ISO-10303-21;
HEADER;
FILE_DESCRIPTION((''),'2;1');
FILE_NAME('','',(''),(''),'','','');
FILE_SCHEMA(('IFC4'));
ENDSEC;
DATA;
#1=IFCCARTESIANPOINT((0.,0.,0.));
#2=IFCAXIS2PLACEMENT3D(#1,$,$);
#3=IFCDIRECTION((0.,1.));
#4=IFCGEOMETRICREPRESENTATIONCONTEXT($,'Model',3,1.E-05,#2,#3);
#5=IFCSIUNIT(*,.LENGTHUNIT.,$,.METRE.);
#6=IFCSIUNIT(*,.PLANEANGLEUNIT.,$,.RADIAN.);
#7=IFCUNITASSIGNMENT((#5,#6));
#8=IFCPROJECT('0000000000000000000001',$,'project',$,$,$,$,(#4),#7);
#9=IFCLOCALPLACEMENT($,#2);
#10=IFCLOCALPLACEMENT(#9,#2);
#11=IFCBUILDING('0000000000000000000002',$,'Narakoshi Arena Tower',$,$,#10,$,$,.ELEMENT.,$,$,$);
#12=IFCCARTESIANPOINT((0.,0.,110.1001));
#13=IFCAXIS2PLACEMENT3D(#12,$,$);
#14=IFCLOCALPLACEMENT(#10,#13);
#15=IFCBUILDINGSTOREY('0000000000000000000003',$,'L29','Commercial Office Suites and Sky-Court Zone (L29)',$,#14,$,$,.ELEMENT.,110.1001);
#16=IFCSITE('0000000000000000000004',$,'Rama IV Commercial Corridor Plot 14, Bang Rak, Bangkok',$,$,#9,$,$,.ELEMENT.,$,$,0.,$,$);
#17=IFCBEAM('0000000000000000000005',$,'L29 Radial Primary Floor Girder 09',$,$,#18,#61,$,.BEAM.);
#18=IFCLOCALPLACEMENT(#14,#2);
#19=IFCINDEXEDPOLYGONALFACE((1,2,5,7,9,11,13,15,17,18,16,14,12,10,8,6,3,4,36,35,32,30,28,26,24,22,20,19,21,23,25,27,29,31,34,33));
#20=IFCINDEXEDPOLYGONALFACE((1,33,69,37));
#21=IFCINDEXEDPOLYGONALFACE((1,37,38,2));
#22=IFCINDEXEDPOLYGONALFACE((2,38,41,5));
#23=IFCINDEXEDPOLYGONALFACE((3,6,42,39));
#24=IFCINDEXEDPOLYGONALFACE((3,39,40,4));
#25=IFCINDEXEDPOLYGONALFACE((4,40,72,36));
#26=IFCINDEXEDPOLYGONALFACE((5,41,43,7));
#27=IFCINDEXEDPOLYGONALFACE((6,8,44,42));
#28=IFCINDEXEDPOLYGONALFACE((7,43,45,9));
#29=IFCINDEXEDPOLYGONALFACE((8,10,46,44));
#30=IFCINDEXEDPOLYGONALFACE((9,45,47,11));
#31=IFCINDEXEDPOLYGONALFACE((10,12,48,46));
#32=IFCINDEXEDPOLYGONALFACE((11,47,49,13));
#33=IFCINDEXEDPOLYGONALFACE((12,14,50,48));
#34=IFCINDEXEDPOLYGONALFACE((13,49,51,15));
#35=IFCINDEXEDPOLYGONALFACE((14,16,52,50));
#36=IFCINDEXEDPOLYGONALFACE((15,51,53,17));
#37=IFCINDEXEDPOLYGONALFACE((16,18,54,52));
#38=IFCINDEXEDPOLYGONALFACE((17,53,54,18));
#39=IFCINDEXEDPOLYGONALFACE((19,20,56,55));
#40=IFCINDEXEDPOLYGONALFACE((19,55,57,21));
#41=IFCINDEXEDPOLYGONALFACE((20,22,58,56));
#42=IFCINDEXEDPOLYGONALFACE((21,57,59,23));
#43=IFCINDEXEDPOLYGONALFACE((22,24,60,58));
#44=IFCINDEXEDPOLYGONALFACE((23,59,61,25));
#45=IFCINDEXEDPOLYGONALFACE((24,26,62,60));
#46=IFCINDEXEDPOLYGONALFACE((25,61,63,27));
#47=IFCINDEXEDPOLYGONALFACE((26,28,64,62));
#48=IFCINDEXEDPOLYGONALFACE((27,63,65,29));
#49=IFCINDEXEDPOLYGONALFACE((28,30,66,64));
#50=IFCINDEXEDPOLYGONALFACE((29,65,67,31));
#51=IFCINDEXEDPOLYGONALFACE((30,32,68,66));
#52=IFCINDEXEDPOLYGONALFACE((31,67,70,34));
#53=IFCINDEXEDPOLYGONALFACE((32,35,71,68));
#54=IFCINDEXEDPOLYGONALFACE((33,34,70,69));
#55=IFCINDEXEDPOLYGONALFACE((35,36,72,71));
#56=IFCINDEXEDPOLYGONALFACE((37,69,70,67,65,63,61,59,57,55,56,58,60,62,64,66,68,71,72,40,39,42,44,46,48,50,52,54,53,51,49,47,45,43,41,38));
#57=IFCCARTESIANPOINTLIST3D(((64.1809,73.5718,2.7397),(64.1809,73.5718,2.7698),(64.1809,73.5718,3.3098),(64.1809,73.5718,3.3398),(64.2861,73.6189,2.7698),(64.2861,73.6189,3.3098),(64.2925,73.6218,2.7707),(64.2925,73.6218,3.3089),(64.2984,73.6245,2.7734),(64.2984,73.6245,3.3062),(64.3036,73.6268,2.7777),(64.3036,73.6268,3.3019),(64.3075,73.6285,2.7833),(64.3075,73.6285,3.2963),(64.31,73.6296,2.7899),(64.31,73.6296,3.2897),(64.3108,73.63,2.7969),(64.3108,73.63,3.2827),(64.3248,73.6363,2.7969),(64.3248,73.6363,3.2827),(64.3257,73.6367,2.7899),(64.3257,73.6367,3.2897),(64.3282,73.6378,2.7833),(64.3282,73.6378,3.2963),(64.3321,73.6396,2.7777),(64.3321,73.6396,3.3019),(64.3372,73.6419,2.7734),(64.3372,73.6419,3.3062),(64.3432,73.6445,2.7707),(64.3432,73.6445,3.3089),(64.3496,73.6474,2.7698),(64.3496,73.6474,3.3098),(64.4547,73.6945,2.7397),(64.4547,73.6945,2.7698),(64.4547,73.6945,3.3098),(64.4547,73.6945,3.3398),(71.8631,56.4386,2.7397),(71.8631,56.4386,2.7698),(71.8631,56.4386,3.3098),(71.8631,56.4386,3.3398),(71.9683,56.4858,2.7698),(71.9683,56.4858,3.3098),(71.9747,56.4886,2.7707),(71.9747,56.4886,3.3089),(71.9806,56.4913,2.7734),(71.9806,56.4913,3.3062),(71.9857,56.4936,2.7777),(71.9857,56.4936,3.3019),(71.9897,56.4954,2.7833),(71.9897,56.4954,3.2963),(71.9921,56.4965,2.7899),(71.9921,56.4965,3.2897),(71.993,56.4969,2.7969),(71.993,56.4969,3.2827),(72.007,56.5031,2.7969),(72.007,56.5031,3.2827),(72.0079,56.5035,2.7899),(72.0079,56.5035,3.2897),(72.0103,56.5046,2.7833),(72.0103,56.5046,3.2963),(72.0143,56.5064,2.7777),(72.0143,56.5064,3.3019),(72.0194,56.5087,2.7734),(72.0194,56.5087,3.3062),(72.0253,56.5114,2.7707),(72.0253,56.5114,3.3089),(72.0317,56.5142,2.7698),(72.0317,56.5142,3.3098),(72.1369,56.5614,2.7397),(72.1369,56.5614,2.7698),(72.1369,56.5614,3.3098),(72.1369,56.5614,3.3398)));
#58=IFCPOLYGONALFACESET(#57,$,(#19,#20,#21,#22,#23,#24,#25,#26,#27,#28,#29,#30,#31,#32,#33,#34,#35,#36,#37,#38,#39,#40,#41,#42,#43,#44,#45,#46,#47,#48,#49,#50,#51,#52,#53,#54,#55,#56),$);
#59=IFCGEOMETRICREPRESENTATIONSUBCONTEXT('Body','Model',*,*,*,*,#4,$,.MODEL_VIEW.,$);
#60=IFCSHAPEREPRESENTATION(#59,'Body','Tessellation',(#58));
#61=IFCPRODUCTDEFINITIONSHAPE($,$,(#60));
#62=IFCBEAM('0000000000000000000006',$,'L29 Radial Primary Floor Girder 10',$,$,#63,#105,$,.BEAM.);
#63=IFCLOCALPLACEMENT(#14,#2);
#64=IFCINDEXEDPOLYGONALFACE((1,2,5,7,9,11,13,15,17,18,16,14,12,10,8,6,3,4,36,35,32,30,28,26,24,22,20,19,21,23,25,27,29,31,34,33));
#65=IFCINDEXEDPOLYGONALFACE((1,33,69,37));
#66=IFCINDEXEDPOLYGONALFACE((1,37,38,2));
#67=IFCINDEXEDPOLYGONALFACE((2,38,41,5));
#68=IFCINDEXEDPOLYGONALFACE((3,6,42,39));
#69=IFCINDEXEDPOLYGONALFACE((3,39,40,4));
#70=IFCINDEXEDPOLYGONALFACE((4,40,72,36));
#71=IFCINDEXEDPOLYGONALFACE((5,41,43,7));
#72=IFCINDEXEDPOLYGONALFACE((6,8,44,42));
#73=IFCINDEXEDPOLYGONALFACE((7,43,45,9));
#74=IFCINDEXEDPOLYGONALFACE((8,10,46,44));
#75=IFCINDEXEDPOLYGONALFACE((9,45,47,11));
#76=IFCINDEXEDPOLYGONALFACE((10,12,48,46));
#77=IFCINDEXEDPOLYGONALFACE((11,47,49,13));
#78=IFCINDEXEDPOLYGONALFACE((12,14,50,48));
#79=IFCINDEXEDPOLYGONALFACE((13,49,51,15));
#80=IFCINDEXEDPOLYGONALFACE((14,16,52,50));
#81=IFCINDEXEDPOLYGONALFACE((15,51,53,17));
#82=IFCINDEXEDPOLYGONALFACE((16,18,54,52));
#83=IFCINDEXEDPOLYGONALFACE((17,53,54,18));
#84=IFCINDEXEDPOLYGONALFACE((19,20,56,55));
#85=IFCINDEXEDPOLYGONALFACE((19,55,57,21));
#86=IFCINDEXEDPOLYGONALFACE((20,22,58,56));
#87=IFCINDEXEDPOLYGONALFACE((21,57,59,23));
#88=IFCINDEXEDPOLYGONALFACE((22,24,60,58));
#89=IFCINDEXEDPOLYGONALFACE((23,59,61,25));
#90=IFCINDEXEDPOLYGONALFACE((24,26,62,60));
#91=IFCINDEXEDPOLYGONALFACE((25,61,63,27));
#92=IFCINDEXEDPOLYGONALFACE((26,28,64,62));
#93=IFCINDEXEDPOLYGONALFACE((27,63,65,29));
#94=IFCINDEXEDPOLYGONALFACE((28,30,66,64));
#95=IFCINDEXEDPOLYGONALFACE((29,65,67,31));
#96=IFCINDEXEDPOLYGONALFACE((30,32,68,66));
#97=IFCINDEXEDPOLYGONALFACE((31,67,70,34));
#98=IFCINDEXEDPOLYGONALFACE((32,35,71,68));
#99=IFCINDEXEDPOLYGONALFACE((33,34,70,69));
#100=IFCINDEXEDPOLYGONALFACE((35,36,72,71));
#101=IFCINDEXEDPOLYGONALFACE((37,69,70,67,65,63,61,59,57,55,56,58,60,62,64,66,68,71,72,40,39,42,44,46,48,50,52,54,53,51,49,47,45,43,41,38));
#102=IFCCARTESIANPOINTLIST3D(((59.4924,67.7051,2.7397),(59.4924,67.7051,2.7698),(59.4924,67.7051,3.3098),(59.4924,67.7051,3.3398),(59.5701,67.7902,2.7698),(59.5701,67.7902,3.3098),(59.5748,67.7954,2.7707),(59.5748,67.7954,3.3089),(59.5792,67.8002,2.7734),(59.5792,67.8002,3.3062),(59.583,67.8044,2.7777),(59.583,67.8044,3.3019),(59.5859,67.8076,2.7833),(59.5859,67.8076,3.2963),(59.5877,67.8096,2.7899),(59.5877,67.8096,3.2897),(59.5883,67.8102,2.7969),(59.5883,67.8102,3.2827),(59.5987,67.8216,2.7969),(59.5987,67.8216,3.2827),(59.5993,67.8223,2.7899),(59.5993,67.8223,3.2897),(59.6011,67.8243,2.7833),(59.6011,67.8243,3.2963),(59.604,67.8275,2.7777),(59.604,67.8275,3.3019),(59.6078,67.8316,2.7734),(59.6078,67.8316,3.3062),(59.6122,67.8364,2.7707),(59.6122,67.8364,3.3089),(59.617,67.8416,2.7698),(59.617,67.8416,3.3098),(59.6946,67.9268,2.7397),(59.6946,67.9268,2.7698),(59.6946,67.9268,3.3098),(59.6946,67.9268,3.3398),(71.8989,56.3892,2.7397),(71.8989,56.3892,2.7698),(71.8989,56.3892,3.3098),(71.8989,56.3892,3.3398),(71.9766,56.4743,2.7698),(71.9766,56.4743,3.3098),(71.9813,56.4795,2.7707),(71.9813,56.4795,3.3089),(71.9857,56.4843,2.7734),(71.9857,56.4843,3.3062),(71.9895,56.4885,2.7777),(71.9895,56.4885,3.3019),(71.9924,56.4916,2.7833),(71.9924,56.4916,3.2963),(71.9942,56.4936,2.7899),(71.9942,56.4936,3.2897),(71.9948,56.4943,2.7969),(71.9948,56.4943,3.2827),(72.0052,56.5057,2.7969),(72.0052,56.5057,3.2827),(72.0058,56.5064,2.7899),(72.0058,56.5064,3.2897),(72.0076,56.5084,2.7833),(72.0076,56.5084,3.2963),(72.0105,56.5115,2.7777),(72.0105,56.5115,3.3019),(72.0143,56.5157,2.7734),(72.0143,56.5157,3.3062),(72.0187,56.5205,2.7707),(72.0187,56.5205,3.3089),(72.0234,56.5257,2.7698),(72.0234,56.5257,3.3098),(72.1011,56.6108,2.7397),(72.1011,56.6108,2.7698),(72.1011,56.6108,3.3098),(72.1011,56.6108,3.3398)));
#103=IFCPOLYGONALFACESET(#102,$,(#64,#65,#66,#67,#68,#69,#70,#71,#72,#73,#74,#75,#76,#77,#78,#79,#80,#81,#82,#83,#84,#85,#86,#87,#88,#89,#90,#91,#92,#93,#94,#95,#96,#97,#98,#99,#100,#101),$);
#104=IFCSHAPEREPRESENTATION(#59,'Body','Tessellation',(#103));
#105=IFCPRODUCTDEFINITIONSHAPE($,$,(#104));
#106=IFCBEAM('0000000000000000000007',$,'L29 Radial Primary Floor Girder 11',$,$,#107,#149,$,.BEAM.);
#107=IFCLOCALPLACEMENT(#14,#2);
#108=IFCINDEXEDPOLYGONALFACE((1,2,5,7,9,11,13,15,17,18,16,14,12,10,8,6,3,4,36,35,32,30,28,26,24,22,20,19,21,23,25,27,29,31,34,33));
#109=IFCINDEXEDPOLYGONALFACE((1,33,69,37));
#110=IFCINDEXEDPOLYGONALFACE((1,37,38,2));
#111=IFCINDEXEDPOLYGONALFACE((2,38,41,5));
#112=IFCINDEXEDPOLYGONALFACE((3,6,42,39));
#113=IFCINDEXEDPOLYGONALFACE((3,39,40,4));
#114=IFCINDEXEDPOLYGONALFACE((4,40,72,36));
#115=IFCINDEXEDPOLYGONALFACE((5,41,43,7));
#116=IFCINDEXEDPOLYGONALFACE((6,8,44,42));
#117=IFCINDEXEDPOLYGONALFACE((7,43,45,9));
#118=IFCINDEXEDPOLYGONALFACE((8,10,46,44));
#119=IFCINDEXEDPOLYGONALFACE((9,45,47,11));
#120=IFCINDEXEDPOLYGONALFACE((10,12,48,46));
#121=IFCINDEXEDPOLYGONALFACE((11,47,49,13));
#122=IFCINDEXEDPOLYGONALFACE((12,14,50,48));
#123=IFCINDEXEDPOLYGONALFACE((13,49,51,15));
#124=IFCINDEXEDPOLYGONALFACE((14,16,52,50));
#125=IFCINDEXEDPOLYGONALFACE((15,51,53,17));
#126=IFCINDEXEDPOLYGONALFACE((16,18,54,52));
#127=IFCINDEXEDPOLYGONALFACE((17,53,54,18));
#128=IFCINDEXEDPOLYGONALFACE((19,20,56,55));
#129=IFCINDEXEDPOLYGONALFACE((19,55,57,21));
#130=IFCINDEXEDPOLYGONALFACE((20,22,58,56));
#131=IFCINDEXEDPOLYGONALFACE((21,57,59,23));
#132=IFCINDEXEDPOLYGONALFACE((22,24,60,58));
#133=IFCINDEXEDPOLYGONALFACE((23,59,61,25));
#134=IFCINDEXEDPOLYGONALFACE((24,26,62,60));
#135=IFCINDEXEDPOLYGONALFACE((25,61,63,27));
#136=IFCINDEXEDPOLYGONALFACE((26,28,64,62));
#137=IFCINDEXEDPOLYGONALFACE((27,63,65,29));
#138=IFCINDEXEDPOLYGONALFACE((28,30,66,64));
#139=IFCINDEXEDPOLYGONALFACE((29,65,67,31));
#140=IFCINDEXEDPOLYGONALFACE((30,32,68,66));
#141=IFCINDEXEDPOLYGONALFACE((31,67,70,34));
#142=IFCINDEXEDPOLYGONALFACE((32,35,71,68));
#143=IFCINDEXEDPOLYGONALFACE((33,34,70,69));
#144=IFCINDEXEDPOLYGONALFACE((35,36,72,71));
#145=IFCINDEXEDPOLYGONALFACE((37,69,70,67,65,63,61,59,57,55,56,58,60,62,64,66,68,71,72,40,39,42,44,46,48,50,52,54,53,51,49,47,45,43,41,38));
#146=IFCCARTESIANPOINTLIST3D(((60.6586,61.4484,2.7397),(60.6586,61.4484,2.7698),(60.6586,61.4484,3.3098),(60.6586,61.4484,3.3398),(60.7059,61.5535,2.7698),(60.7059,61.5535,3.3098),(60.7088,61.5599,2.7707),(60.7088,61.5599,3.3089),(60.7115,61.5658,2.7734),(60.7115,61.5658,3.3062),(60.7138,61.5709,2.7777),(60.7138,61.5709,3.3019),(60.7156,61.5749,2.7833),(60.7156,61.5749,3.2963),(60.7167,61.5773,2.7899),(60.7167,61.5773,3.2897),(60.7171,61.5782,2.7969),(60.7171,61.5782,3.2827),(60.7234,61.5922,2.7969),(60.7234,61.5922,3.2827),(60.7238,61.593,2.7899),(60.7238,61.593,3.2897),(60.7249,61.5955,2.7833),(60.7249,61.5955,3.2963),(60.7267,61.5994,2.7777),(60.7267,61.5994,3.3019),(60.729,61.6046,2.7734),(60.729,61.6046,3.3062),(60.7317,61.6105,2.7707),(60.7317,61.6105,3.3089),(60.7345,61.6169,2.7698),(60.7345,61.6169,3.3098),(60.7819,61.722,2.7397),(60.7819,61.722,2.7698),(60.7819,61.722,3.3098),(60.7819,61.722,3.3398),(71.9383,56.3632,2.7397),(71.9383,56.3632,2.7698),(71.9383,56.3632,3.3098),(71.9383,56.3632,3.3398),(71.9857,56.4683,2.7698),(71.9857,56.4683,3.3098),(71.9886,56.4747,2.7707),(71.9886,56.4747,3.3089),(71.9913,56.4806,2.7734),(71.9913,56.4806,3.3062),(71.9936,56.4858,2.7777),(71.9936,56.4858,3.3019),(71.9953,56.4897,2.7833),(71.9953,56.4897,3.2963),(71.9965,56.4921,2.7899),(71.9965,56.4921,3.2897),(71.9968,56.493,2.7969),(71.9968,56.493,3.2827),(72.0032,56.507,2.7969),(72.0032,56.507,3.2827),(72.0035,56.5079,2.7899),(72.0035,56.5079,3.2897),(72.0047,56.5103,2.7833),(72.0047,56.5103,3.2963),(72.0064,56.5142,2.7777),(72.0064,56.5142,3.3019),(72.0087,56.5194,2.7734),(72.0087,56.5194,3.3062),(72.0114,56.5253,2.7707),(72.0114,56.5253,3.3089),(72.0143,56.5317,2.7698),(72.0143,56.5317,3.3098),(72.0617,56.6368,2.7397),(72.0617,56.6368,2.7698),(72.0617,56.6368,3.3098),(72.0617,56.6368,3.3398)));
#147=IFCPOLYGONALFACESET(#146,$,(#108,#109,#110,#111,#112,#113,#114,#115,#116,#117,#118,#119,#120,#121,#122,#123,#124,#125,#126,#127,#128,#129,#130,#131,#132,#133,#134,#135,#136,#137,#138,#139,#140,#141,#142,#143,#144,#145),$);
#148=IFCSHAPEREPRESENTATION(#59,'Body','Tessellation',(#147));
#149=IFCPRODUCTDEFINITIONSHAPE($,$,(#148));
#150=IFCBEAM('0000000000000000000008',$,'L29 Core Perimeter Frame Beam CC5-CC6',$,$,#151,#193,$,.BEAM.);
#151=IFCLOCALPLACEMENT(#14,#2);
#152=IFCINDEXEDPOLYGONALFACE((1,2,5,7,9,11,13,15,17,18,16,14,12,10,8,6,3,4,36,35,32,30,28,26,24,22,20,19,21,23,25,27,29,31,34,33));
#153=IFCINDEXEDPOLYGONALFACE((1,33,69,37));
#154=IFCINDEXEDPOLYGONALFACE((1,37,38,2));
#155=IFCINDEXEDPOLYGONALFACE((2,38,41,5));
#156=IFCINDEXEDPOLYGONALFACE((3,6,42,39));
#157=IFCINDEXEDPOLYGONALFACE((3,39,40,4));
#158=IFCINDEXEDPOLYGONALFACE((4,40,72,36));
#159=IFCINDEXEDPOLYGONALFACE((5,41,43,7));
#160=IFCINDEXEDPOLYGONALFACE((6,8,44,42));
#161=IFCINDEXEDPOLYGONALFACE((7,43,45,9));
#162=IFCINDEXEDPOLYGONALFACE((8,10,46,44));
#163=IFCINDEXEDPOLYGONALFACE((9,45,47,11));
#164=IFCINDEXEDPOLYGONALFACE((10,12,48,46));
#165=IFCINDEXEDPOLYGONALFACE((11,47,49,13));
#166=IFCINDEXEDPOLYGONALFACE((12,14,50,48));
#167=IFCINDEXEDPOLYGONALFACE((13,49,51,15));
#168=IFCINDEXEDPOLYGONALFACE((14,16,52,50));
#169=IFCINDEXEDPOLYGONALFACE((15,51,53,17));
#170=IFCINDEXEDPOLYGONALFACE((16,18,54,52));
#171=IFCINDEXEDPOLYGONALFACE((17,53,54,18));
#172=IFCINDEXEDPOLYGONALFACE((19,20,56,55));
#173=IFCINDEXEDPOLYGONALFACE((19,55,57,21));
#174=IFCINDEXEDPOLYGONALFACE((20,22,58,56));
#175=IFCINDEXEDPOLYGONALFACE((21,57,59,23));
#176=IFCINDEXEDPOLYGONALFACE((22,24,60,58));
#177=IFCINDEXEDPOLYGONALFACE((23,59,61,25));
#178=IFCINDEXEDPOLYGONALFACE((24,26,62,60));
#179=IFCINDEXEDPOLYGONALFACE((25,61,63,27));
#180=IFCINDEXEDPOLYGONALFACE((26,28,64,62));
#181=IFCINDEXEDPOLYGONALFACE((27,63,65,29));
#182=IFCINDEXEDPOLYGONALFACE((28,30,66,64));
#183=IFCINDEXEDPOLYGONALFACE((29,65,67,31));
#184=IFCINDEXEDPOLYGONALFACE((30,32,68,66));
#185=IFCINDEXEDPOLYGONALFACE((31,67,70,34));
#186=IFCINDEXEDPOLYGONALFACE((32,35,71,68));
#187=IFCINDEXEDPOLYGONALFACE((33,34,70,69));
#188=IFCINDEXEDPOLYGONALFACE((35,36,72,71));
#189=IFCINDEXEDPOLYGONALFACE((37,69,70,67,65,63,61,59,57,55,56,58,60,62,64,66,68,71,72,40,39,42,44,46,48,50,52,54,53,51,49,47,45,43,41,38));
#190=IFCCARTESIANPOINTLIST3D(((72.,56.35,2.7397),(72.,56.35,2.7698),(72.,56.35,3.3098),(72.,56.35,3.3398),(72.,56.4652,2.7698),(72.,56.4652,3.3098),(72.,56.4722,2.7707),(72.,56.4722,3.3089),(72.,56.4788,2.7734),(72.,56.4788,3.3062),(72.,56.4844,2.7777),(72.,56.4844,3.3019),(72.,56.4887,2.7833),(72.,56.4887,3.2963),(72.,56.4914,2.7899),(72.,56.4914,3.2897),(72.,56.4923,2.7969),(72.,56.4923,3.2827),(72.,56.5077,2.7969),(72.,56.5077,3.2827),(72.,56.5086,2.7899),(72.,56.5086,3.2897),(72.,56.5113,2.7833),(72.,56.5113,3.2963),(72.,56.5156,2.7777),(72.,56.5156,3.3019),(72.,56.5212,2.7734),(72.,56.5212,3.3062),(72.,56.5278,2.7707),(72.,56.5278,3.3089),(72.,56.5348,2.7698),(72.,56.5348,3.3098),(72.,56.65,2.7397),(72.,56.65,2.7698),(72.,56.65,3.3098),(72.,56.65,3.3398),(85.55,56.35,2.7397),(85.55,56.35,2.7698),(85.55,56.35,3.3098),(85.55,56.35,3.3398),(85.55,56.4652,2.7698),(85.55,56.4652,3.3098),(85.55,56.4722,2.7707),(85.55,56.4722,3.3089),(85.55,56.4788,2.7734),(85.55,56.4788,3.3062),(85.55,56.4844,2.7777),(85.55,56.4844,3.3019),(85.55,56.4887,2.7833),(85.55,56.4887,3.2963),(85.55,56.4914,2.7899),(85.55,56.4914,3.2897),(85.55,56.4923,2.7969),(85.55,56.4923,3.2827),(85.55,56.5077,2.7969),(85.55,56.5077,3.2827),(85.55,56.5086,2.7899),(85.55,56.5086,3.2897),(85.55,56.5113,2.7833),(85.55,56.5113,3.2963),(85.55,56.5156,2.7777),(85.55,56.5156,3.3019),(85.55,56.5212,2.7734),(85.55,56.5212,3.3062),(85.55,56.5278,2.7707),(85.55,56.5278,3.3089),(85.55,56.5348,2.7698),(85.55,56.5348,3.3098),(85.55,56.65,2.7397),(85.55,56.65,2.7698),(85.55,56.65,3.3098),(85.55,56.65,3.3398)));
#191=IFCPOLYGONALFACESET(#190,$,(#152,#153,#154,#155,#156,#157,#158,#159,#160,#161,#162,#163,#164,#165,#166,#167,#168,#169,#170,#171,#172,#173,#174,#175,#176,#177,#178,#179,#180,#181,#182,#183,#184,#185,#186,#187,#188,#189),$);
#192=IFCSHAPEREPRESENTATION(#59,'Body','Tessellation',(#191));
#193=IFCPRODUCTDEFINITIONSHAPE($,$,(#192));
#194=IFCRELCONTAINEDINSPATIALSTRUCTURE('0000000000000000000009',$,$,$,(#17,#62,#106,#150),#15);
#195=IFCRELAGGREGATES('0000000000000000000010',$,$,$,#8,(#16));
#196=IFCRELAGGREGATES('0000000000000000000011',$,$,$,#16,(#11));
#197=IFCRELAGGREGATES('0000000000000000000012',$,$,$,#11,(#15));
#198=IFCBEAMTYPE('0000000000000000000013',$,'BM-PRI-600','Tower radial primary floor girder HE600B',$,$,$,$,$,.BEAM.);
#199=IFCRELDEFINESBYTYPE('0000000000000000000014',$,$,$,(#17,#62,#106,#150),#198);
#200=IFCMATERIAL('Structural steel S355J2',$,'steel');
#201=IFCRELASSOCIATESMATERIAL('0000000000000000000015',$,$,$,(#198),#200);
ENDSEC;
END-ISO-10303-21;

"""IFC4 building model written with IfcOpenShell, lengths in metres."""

from ifc_helpers import new_model, si_unit, direction, frame, origin, origin_2d, place, context, subcontext, project, spatial, i_section, extrude, material, material_profile, profile_set, type_object, element, save


model = new_model("IFC4")

# Units and contexts
model_context = context("Model", 3, precision=1e-05, world=origin(), true_north=direction((0.0, 1.0)))
body_context = subcontext(model_context, "Body", "Model", "MODEL_VIEW")
ifc_project = project(units=[si_unit("LENGTHUNIT", "METRE"), si_unit("PLANEANGLEUNIT", "RADIAN")], contexts=[model_context])

# Site, building, storey
site_placement = place(None, origin())
site = spatial("IfcSite", under=ifc_project, at=site_placement, Name="Rama IV Commercial Corridor Plot 14, Bang Rak, Bangkok", CompositionType="ELEMENT", RefElevation=0.0)
building_placement = place(site_placement, origin())
building = spatial("IfcBuilding", under=site, at=building_placement, Name="Narakoshi Arena Tower", CompositionType="ELEMENT")
storey_placement = place(building_placement, frame((0.0, 0.0, 110.1001)))
storey = spatial("IfcBuildingStorey", under=building, at=storey_placement, Name="L29", Description="Commercial Office Suites and Sky-Court Zone (L29)", CompositionType="ELEMENT", Elevation=110.1001)

# Beams
ifc_material_1 = material(Name="Structural steel S355J2", Category="steel")
ifc_material_profile_1 = material_profile(ifc_material_1, i_section(OverallWidth=0.3, OverallDepth=0.6001, WebThickness=0.0154, FlangeThickness=0.03, FilletRadius=0.0271, at=origin_2d()), Name="HE600B")
ifc_profile_set_1 = profile_set([ifc_material_profile_1], Name="Structural steel S355J2")
beam_type_1 = type_object("IfcBeamType", Name="BM-PRI-600", Description="Tower radial primary floor girder HE600B", PredefinedType="BEAM", material=ifc_profile_set_1)
beam_1_placement = place(storey_placement, frame((72.0, 56.5, 3.0398), z_axis=(-0.409135, 0.912474, 0.0), x_axis=(-0.912474, -0.409135, 0.0)))
element("IfcBeam", 1, at=beam_1_placement, inside=storey, type_object=beam_type_1, Name="L29 Radial Primary Floor Girder 09", PredefinedType="BEAM", context=body_context, shape_type="SweptSolid", body=[
    extrude(i_section(OverallWidth=0.3, OverallDepth=0.6001, WebThickness=0.0154, FlangeThickness=0.03, FilletRadius=0.0271, at=origin_2d()), origin(), (0.0, 0.0, 1.0), 18.7766),
])
beam_2_placement = place(storey_placement, frame((72.0, 56.5, 3.0398), z_axis=(-0.738834, 0.673888, 0.0), x_axis=(-0.673888, -0.738834, 0.0)))
element("IfcBeam", 2, at=beam_2_placement, inside=storey, type_object=beam_type_1, Name="L29 Radial Primary Floor Girder 10", PredefinedType="BEAM", context=body_context, shape_type="SweptSolid", body=[
    extrude(i_section(OverallWidth=0.3, OverallDepth=0.6001, WebThickness=0.0154, FlangeThickness=0.03, FilletRadius=0.0271, at=origin_2d()), origin(), (0.0, 0.0, 1.0), 16.792),
])
beam_3_placement = place(storey_placement, frame((72.0, 56.5, 3.0398), z_axis=(-0.91164, 0.41099, 0.0), x_axis=(-0.41099, -0.91164, 0.0)))
element("IfcBeam", 3, at=beam_3_placement, inside=storey, type_object=beam_type_1, Name="L29 Radial Primary Floor Girder 11", PredefinedType="BEAM", context=body_context, shape_type="SweptSolid", body=[
    extrude(i_section(OverallWidth=0.3, OverallDepth=0.6001, WebThickness=0.0154, FlangeThickness=0.03, FilletRadius=0.0271, at=origin_2d()), origin(), (0.0, 0.0, 1.0), 12.373),
])
beam_4_placement = place(storey_placement, frame((72.0, 56.5, 3.0398), z_axis=(1.0, 0.0, 0.0), x_axis=(0.0, 1.0, 0.0)))
element("IfcBeam", 4, at=beam_4_placement, inside=storey, type_object=beam_type_1, Name="L29 Core Perimeter Frame Beam CC5-CC6", PredefinedType="BEAM", context=body_context, shape_type="SweptSolid", body=[
    extrude(i_section(OverallWidth=0.3, OverallDepth=0.6001, WebThickness=0.0154, FlangeThickness=0.03, FilletRadius=0.0271, at=origin_2d()), origin(), (0.0, 0.0, 1.0), 13.55),
])

save(model, "model.ifc")
